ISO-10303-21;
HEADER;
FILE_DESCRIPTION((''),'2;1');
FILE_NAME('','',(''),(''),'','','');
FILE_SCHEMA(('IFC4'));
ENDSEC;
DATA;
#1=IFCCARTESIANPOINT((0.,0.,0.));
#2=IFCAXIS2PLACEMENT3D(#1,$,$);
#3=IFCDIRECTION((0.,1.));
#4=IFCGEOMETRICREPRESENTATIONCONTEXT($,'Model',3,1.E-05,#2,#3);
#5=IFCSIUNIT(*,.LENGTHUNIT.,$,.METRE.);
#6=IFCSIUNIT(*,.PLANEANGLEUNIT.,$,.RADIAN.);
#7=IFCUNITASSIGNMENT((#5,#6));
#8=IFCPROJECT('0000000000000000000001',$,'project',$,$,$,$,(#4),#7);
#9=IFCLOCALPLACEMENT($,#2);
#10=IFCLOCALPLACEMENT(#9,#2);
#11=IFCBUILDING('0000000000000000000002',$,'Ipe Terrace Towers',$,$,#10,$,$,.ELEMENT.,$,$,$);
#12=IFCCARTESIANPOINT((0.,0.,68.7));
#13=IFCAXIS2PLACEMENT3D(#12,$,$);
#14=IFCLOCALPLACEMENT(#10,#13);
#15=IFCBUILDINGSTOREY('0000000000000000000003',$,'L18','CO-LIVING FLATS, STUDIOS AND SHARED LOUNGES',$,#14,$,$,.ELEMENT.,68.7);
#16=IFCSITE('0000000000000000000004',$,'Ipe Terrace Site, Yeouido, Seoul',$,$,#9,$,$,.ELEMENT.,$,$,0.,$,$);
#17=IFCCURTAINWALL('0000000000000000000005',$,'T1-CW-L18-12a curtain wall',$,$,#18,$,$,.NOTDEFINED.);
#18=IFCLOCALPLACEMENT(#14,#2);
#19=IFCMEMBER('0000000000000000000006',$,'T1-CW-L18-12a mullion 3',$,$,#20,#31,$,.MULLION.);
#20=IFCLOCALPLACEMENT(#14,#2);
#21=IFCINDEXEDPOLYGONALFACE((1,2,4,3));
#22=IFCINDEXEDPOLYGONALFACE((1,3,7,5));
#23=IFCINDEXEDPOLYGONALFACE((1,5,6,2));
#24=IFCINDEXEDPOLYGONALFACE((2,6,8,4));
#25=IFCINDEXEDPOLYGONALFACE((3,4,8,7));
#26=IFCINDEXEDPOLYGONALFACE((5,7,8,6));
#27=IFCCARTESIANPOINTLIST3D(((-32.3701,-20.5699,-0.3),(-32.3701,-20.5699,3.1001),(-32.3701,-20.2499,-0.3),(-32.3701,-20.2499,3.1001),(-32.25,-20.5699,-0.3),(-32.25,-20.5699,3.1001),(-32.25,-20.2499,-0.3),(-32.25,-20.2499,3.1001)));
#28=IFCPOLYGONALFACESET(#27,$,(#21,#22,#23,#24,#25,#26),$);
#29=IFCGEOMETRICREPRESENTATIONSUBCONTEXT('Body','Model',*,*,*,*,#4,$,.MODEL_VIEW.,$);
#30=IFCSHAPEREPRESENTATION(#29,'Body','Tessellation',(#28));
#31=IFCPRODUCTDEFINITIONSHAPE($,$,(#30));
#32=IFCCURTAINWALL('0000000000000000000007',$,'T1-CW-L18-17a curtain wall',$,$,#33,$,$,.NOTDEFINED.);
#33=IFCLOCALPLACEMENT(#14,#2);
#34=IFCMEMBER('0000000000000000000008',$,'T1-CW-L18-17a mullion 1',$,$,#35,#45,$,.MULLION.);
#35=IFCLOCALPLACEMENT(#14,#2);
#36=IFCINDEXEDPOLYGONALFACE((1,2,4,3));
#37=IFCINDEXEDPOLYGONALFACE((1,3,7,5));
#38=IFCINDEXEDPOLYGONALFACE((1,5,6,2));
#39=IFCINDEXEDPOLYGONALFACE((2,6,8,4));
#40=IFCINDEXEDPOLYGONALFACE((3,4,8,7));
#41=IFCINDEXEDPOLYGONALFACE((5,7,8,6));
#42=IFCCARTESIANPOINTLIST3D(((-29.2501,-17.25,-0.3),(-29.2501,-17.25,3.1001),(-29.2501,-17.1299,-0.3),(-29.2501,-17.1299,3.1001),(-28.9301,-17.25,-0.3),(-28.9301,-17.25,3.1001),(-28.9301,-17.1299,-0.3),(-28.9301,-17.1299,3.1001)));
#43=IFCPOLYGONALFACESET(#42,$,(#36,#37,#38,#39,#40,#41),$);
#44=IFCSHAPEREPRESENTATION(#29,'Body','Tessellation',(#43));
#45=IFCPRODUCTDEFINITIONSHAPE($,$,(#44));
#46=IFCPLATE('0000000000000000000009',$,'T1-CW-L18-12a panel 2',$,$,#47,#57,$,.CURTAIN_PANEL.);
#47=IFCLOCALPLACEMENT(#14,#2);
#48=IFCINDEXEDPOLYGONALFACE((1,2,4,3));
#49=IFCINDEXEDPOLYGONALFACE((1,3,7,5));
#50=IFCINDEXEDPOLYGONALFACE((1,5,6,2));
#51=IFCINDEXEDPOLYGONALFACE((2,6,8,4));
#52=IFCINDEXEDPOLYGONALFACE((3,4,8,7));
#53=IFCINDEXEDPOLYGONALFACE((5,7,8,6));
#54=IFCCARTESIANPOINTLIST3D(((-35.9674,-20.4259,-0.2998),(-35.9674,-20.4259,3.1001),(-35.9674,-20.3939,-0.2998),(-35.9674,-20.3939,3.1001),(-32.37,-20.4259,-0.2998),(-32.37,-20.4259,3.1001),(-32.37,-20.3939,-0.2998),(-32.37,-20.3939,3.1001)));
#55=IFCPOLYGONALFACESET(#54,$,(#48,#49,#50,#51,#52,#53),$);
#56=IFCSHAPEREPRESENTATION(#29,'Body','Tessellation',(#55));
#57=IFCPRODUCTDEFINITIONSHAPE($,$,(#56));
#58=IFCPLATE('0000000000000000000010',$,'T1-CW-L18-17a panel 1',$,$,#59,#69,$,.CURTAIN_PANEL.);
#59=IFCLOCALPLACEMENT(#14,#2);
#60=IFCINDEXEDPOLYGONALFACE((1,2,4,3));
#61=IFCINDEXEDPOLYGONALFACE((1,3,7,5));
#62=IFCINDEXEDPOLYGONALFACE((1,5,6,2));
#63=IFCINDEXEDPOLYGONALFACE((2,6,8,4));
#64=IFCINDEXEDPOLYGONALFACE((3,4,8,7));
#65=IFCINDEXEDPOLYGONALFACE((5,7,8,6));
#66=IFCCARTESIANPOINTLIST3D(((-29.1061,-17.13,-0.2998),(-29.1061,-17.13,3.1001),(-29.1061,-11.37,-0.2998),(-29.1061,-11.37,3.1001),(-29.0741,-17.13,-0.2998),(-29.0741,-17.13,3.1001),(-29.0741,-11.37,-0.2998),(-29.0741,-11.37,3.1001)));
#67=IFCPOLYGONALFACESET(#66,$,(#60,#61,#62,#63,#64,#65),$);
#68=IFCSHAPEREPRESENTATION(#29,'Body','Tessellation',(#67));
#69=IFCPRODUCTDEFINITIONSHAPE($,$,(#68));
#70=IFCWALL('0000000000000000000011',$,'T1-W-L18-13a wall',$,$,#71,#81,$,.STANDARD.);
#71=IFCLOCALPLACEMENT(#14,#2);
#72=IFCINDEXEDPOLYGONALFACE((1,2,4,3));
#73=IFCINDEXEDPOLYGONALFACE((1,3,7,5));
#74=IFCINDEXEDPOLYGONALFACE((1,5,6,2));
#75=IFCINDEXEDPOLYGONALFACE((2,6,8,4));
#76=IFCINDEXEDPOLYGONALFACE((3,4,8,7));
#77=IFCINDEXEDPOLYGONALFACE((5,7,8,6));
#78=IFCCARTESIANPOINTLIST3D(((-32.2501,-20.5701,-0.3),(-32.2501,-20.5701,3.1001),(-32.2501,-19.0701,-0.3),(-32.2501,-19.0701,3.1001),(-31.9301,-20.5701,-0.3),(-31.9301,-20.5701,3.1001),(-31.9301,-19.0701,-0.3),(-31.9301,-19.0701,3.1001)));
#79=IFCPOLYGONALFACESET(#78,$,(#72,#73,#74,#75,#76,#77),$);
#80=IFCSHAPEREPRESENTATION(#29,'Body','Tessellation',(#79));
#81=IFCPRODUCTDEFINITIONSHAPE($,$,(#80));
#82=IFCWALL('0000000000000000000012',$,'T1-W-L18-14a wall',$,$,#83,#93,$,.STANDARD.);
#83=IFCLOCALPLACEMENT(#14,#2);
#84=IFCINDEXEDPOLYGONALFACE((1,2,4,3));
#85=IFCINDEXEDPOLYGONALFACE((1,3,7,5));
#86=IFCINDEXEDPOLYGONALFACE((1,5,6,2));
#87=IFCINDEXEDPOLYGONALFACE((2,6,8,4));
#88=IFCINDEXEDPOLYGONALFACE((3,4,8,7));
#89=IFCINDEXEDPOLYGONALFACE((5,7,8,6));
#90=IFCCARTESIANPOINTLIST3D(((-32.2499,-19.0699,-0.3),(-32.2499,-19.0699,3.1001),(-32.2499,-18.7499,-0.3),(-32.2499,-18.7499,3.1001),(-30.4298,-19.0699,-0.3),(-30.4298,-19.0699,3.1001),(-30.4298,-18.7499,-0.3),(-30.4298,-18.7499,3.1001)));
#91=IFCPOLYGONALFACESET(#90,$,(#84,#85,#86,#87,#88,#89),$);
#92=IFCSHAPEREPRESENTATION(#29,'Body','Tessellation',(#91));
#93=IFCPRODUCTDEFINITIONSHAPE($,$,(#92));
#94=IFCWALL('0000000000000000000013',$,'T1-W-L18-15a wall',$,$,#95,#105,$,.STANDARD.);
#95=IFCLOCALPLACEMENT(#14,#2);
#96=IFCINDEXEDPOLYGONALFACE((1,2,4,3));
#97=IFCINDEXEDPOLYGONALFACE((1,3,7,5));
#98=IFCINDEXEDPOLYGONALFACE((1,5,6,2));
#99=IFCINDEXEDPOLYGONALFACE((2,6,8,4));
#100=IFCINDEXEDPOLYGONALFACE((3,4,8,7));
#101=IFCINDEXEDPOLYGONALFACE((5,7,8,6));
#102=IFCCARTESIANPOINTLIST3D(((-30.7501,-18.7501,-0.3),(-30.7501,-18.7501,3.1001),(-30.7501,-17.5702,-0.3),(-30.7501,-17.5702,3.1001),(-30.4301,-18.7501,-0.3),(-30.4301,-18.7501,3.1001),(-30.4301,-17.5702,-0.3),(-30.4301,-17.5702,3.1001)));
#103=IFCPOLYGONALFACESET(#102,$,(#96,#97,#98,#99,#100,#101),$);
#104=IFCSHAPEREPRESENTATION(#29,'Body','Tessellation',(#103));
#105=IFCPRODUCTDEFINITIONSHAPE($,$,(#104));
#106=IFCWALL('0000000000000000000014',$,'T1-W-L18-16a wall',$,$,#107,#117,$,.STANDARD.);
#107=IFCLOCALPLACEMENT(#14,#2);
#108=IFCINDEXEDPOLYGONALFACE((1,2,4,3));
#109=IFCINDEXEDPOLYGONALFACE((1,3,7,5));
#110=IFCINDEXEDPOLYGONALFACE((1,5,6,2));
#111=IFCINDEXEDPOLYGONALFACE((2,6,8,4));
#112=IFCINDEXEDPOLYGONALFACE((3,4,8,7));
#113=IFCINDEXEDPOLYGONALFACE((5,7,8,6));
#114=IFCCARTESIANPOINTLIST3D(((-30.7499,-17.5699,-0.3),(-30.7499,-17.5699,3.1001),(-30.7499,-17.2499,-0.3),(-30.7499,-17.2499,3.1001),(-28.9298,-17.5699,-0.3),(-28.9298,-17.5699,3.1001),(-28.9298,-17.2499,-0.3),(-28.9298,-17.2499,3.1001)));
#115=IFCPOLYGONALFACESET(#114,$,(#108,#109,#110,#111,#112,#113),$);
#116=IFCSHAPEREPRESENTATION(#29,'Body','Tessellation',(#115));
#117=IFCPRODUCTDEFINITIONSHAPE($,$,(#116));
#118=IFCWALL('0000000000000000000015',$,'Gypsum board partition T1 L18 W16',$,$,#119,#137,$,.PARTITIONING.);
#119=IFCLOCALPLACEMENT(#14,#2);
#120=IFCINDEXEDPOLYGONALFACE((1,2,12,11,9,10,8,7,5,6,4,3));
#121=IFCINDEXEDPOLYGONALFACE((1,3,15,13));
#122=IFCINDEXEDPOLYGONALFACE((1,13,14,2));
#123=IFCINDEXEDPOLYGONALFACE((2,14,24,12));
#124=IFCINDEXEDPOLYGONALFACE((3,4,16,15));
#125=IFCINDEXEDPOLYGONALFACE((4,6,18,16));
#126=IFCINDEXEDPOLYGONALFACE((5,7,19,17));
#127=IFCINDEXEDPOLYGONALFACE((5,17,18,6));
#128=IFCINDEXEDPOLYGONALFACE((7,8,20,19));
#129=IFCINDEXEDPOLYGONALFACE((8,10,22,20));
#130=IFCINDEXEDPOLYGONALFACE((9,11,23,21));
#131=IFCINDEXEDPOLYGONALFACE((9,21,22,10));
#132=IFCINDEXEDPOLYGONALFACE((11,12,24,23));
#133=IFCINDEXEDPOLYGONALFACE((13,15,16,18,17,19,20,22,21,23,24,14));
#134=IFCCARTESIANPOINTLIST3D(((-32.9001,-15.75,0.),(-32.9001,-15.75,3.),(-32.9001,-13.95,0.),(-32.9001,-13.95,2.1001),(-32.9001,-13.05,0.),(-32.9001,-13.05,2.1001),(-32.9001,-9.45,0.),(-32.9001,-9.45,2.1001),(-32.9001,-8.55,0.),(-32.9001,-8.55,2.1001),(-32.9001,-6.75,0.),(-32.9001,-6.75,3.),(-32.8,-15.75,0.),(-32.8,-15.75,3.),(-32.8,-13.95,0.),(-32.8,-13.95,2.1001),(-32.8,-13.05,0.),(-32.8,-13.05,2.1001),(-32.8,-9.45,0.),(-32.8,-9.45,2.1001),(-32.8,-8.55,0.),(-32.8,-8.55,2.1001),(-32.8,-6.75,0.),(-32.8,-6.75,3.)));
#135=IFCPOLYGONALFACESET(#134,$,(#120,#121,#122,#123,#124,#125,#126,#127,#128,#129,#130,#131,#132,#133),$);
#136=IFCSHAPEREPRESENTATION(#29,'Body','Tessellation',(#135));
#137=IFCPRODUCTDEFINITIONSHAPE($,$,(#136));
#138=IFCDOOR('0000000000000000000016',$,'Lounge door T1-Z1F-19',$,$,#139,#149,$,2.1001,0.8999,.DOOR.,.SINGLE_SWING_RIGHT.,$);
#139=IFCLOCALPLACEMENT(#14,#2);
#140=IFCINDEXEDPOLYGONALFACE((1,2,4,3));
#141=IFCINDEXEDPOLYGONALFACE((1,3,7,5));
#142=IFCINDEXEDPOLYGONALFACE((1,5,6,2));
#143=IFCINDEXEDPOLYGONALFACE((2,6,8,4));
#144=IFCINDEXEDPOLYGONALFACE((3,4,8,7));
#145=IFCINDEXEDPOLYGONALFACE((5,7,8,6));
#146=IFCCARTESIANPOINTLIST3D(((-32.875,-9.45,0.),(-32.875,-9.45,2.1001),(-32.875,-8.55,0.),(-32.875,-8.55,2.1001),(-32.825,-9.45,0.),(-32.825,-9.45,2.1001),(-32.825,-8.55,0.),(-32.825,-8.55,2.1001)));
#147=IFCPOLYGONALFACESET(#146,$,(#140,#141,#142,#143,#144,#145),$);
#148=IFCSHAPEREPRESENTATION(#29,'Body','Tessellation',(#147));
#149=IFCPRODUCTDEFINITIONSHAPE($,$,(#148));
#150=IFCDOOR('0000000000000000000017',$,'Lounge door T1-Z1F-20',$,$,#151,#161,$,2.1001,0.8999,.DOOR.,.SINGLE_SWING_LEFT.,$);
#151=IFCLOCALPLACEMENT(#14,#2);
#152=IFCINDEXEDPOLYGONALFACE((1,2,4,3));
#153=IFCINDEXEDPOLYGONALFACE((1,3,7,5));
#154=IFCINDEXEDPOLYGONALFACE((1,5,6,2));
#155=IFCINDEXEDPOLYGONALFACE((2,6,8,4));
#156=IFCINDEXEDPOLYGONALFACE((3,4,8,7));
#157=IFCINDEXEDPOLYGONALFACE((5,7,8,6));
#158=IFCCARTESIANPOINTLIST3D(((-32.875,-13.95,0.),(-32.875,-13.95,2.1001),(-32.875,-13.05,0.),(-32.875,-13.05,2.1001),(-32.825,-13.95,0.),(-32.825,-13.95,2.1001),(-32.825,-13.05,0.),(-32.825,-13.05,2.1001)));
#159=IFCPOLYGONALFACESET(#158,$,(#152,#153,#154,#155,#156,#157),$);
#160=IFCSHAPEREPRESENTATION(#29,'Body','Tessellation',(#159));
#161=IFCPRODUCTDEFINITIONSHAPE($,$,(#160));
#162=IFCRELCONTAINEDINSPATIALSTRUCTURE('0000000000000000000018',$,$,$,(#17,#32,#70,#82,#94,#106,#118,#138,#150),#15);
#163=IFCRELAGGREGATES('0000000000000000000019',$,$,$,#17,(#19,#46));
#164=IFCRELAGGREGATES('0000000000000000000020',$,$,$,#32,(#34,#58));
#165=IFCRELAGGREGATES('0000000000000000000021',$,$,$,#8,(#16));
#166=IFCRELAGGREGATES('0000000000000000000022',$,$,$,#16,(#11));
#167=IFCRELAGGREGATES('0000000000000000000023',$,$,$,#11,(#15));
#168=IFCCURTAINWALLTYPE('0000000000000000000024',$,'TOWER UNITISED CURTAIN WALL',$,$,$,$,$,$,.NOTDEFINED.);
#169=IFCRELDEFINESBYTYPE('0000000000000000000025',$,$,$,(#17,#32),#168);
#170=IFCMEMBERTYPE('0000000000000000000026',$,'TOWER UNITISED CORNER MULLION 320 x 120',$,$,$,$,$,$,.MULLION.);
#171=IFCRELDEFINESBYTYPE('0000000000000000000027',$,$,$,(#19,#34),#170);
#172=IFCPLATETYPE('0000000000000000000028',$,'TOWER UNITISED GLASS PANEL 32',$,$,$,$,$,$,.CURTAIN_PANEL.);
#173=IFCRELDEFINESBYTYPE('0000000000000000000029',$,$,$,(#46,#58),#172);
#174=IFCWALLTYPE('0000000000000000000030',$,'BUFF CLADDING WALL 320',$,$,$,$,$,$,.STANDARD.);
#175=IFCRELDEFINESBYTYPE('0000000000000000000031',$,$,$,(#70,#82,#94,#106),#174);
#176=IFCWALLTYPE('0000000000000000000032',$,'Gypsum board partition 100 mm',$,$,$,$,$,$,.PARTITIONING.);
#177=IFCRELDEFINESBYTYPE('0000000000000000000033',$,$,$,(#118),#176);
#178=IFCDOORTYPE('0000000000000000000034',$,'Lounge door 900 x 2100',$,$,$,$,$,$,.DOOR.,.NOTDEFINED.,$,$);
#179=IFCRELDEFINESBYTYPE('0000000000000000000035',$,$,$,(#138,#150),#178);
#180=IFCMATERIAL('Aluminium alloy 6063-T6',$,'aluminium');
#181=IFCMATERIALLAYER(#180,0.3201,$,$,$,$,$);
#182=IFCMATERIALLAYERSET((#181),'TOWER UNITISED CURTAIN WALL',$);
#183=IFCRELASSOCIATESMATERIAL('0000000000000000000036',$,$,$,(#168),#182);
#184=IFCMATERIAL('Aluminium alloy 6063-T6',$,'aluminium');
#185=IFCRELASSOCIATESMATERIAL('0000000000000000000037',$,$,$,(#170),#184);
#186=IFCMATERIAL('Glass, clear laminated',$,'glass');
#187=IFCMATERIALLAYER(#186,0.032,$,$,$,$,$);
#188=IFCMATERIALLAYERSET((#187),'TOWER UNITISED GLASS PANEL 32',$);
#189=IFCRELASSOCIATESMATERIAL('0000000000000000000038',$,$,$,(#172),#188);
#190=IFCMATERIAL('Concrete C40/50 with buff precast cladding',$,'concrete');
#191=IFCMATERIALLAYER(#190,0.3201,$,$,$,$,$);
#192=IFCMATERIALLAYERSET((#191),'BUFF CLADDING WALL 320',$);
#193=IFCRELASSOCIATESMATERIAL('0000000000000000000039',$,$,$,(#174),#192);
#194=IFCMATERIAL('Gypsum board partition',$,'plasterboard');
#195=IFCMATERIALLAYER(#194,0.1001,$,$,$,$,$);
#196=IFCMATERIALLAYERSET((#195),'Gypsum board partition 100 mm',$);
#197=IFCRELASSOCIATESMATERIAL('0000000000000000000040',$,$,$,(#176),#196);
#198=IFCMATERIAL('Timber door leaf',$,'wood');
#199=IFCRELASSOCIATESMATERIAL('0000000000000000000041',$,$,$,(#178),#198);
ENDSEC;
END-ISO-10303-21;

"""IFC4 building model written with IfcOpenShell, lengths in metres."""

from ifc_helpers import new_model, si_unit, direction, frame, frame_2d, origin, origin_2d, place, context, subcontext, project, spatial, rectangle, extrude, material, layer, layer_set, material_profile, profile_set, type_object, element, fill, aggregate, save


model = new_model("IFC4")

# Units and contexts
model_context = context("Model", 3, precision=1e-05, world=origin(), true_north=direction((0.0, 1.0)))
body_context = subcontext(model_context, "Body", "Model", "MODEL_VIEW")
ifc_project = project(units=[si_unit("LENGTHUNIT", "METRE"), si_unit("PLANEANGLEUNIT", "RADIAN")], contexts=[model_context])

# Site, building, storey
site_placement = place(None, origin())
site = spatial("IfcSite", under=ifc_project, at=site_placement, Name="Ipe Terrace Site, Yeouido, Seoul", CompositionType="ELEMENT", RefElevation=0.0)
building_placement = place(site_placement, origin())
building = spatial("IfcBuilding", under=site, at=building_placement, Name="Ipe Terrace Towers", CompositionType="ELEMENT")
storey_placement = place(building_placement, frame((0.0, 0.0, 68.7)))
storey = spatial("IfcBuildingStorey", under=building, at=storey_placement, Name="L18", Description="CO-LIVING FLATS, STUDIOS AND SHARED LOUNGES", CompositionType="ELEMENT", Elevation=68.7)

# Curtain walls, members
ifc_material_1 = material(Name="Aluminium alloy 6063-T6", Category="aluminium")
ifc_layer_1 = layer(ifc_material_1, 0.3201)
ifc_layer_set_1 = layer_set([ifc_layer_1], Name="TOWER UNITISED CURTAIN WALL")
curtain_wall_type = type_object("IfcCurtainWallType", Name="TOWER UNITISED CURTAIN WALL", PredefinedType="NOTDEFINED", material=ifc_layer_set_1)
curtain_wall_1_placement = place(storey_placement, origin())
curtain_wall_1 = element("IfcCurtainWall", 1, at=curtain_wall_1_placement, inside=storey, type_object=curtain_wall_type, Name="T1-CW-L18-12a curtain wall", PredefinedType="NOTDEFINED")
ifc_material_2 = material(Name="Aluminium alloy 6063-T6", Category="aluminium")
ifc_material_profile_1 = material_profile(ifc_material_2, rectangle(XDim=0.3201, YDim=0.1201, at=origin_2d()), Name="TOWER UNITISED CORNER MULLION 320 x 120")
ifc_profile_set_1 = profile_set([ifc_material_profile_1], Name="Aluminium alloy 6063-T6")
member_type = type_object("IfcMemberType", Name="TOWER UNITISED CORNER MULLION 320 x 120", PredefinedType="MULLION", material=ifc_profile_set_1)
member_1_placement = place(storey_placement, frame((-32.3101, -20.4099, -0.3), z_axis=(0.0, 0.0, 1.0), x_axis=(0.0, -1.0, 0.0)))
member_1 = element("IfcMember", 2, at=member_1_placement, type_object=member_type, Name="T1-CW-L18-12a mullion 3", PredefinedType="MULLION", context=body_context, shape_type="SweptSolid", body=[
    extrude(rectangle(XDim=0.3201, YDim=0.1201, at=origin_2d()), origin(), (0.0, 0.0, 1.0), 3.4001),
])
curtain_wall_2_placement = place(storey_placement, origin())
curtain_wall_2 = element("IfcCurtainWall", 3, at=curtain_wall_2_placement, inside=storey, type_object=curtain_wall_type, Name="T1-CW-L18-17a curtain wall", PredefinedType="NOTDEFINED")
member_2_placement = place(storey_placement, frame((-29.0901, -17.1899, -0.3), z_axis=(0.0, 0.0, 1.0), x_axis=(1.0, 0.0, 0.0)))
member_2 = element("IfcMember", 4, at=member_2_placement, type_object=member_type, Name="T1-CW-L18-17a mullion 1", PredefinedType="MULLION", context=body_context, shape_type="SweptSolid", body=[
    extrude(rectangle(XDim=0.3201, YDim=0.1201, at=origin_2d()), origin(), (0.0, 0.0, 1.0), 3.4001),
])

# Plates
ifc_material_3 = material(Name="Glass, clear laminated", Category="glass")
ifc_layer_2 = layer(ifc_material_3, 0.032)
ifc_layer_set_2 = layer_set([ifc_layer_2], Name="TOWER UNITISED GLASS PANEL 32")
plate_type = type_object("IfcPlateType", Name="TOWER UNITISED GLASS PANEL 32", PredefinedType="CURTAIN_PANEL", material=ifc_layer_set_2)
plate_1_placement = place(storey_placement, frame((-34.1687, -20.4099, -0.2998), z_axis=(0.0, 0.0, 1.0), x_axis=(1.0, 0.0, 0.0)))
plate_1 = element("IfcPlate", 5, at=plate_1_placement, type_object=plate_type, Name="T1-CW-L18-12a panel 2", PredefinedType="CURTAIN_PANEL", context=body_context, shape_type="SweptSolid", body=[
    extrude(rectangle(XDim=3.5974, YDim=0.032, at=origin_2d()), origin(), (0.0, 0.0, 1.0), 3.3999),
])
aggregate(curtain_wall_1, [member_1, plate_1])
plate_2_placement = place(storey_placement, frame((-29.0901, -14.25, -0.2998), z_axis=(0.0, 0.0, 1.0), x_axis=(0.0, 1.0, 0.0)))
plate_2 = element("IfcPlate", 6, at=plate_2_placement, type_object=plate_type, Name="T1-CW-L18-17a panel 1", PredefinedType="CURTAIN_PANEL", context=body_context, shape_type="SweptSolid", body=[
    extrude(rectangle(XDim=5.76, YDim=0.032, at=origin_2d()), origin(), (0.0, 0.0, 1.0), 3.3999),
])
aggregate(curtain_wall_2, [member_2, plate_2])

# Walls
ifc_material_4 = material(Name="Concrete C40/50 with buff precast cladding", Category="concrete")
ifc_layer_3 = layer(ifc_material_4, 0.3201)
ifc_layer_set_3 = layer_set([ifc_layer_3], Name="BUFF CLADDING WALL 320")
wall_type_1 = type_object("IfcWallType", Name="BUFF CLADDING WALL 320", PredefinedType="STANDARD", material=ifc_layer_set_3)
wall_1_placement = place(storey_placement, frame((-32.0901, -20.5701, -0.3), z_axis=(0.0, 0.0, 1.0), x_axis=(0.0, 1.0, 0.0)))
element("IfcWall", 7, at=wall_1_placement, inside=storey, type_object=wall_type_1, Name="T1-W-L18-13a wall", PredefinedType="STANDARD", context=body_context, shape_type="SweptSolid", body=[
    extrude(rectangle(XDim=1.5, YDim=0.3201, at=frame_2d((0.75, 0.0))), origin(), (0.0, 0.0, 1.0), 3.4001),
])
wall_2_placement = place(storey_placement, frame((-32.25, -18.9099, -0.3), z_axis=(0.0, 0.0, 1.0), x_axis=(1.0, 0.0, 0.0)))
element("IfcWall", 8, at=wall_2_placement, inside=storey, type_object=wall_type_1, Name="T1-W-L18-14a wall", PredefinedType="STANDARD", context=body_context, shape_type="SweptSolid", body=[
    extrude(rectangle(XDim=1.8201, YDim=0.3201, at=frame_2d((0.9102, 0.0))), origin(), (0.0, 0.0, 1.0), 3.4001),
])
wall_3_placement = place(storey_placement, frame((-30.5901, -18.75, -0.3), z_axis=(0.0, 0.0, 1.0), x_axis=(0.0, 1.0, 0.0)))
element("IfcWall", 9, at=wall_3_placement, inside=storey, type_object=wall_type_1, Name="T1-W-L18-15a wall", PredefinedType="STANDARD", context=body_context, shape_type="SweptSolid", body=[
    extrude(rectangle(XDim=1.1799, YDim=0.3201, at=frame_2d((0.5898, 0.0))), origin(), (0.0, 0.0, 1.0), 3.4001),
])
wall_4_placement = place(storey_placement, frame((-30.75, -17.4099, -0.3), z_axis=(0.0, 0.0, 1.0), x_axis=(1.0, 0.0, 0.0)))
element("IfcWall", 10, at=wall_4_placement, inside=storey, type_object=wall_type_1, Name="T1-W-L18-16a wall", PredefinedType="STANDARD", context=body_context, shape_type="SweptSolid", body=[
    extrude(rectangle(XDim=1.8201, YDim=0.3201, at=frame_2d((0.9102, 0.0))), origin(), (0.0, 0.0, 1.0), 3.4001),
])

# Wall, openings, doors
ifc_material_5 = material(Name="Gypsum board partition", Category="plasterboard")
ifc_layer_4 = layer(ifc_material_5, 0.1001)
ifc_layer_set_4 = layer_set([ifc_layer_4], Name="Gypsum board partition 100 mm")
wall_type_2 = type_object("IfcWallType", Name="Gypsum board partition 100 mm", PredefinedType="PARTITIONING", material=ifc_layer_set_4)
wall_5_placement = place(storey_placement, frame((-32.8501, -15.75, 0.0), z_axis=(0.0, 0.0, 1.0), x_axis=(0.0, 1.0, 0.0)))
wall_5 = element("IfcWall", 11, at=wall_5_placement, inside=storey, type_object=wall_type_2, Name="Gypsum board partition T1 L18 W16", PredefinedType="PARTITIONING", context=body_context, shape_type="SweptSolid", body=[
    extrude(rectangle(XDim=9.0, YDim=0.1001, at=frame_2d((4.5, 0.0))), origin(), (0.0, 0.0, 1.0), 3.0),
])
opening_1_placement = place(wall_5_placement, frame((6.3, 0.0, 0.0)))
opening_1 = element("IfcOpeningElement", 12, at=opening_1_placement, cuts=wall_5, PredefinedType="OPENING", context=body_context, shape_type="SweptSolid", body=[
    extrude(rectangle(XDim=0.8999, YDim=2.1001, at=frame_2d((0.45, 1.05))), frame((0.0, 0.0601, 0.0), z_axis=(0.0, -1.0, 0.0), x_axis=(1.0, 0.0, 0.0)), (0.0, 0.0, 1.0), 0.1201),
])
opening_2_placement = place(wall_5_placement, frame((1.8, 0.0, 0.0)))
opening_2 = element("IfcOpeningElement", 13, at=opening_2_placement, cuts=wall_5, PredefinedType="OPENING", context=body_context, shape_type="SweptSolid", body=[
    extrude(rectangle(XDim=0.8999, YDim=2.1001, at=frame_2d((0.45, 1.05))), frame((0.0, 0.0601, 0.0), z_axis=(0.0, -1.0, 0.0), x_axis=(1.0, 0.0, 0.0)), (0.0, 0.0, 1.0), 0.1201),
])
ifc_material_6 = material(Name="Timber door leaf", Category="wood")
door_type_1 = type_object("IfcDoorType", Name="Lounge door 900 x 2100", OperationType="NOTDEFINED", PredefinedType="DOOR", material=ifc_material_6)
door_1_placement = place(opening_1_placement, origin())
door_1 = element("IfcDoor", 14, at=door_1_placement, inside=storey, type_object=door_type_1, Name="Lounge door T1-Z1F-19", OperationType="SINGLE_SWING_RIGHT", OverallHeight=2.1001, OverallWidth=0.8999, PredefinedType="DOOR", context=body_context, shape_type="SweptSolid", body=[
    extrude(rectangle(XDim=0.8999, YDim=2.1001, at=frame_2d((0.45, 1.05))), frame((0.0, 0.0249, 0.0), z_axis=(0.0, -1.0, 0.0), x_axis=(1.0, 0.0, 0.0)), (0.0, 0.0, 1.0), 0.05),
])
fill(opening_1, door_1)
door_2_placement = place(opening_2_placement, origin())
door_2 = element("IfcDoor", 15, at=door_2_placement, inside=storey, type_object=door_type_1, Name="Lounge door T1-Z1F-20", OperationType="SINGLE_SWING_LEFT", OverallHeight=2.1001, OverallWidth=0.8999, PredefinedType="DOOR", context=body_context, shape_type="SweptSolid", body=[
    extrude(rectangle(XDim=0.8999, YDim=2.1001, at=frame_2d((0.45, 1.05))), frame((0.0, 0.0249, 0.0), z_axis=(0.0, -1.0, 0.0), x_axis=(1.0, 0.0, 0.0)), (0.0, 0.0, 1.0), 0.05),
])
fill(opening_2, door_2)

save(model, "model.ifc")
